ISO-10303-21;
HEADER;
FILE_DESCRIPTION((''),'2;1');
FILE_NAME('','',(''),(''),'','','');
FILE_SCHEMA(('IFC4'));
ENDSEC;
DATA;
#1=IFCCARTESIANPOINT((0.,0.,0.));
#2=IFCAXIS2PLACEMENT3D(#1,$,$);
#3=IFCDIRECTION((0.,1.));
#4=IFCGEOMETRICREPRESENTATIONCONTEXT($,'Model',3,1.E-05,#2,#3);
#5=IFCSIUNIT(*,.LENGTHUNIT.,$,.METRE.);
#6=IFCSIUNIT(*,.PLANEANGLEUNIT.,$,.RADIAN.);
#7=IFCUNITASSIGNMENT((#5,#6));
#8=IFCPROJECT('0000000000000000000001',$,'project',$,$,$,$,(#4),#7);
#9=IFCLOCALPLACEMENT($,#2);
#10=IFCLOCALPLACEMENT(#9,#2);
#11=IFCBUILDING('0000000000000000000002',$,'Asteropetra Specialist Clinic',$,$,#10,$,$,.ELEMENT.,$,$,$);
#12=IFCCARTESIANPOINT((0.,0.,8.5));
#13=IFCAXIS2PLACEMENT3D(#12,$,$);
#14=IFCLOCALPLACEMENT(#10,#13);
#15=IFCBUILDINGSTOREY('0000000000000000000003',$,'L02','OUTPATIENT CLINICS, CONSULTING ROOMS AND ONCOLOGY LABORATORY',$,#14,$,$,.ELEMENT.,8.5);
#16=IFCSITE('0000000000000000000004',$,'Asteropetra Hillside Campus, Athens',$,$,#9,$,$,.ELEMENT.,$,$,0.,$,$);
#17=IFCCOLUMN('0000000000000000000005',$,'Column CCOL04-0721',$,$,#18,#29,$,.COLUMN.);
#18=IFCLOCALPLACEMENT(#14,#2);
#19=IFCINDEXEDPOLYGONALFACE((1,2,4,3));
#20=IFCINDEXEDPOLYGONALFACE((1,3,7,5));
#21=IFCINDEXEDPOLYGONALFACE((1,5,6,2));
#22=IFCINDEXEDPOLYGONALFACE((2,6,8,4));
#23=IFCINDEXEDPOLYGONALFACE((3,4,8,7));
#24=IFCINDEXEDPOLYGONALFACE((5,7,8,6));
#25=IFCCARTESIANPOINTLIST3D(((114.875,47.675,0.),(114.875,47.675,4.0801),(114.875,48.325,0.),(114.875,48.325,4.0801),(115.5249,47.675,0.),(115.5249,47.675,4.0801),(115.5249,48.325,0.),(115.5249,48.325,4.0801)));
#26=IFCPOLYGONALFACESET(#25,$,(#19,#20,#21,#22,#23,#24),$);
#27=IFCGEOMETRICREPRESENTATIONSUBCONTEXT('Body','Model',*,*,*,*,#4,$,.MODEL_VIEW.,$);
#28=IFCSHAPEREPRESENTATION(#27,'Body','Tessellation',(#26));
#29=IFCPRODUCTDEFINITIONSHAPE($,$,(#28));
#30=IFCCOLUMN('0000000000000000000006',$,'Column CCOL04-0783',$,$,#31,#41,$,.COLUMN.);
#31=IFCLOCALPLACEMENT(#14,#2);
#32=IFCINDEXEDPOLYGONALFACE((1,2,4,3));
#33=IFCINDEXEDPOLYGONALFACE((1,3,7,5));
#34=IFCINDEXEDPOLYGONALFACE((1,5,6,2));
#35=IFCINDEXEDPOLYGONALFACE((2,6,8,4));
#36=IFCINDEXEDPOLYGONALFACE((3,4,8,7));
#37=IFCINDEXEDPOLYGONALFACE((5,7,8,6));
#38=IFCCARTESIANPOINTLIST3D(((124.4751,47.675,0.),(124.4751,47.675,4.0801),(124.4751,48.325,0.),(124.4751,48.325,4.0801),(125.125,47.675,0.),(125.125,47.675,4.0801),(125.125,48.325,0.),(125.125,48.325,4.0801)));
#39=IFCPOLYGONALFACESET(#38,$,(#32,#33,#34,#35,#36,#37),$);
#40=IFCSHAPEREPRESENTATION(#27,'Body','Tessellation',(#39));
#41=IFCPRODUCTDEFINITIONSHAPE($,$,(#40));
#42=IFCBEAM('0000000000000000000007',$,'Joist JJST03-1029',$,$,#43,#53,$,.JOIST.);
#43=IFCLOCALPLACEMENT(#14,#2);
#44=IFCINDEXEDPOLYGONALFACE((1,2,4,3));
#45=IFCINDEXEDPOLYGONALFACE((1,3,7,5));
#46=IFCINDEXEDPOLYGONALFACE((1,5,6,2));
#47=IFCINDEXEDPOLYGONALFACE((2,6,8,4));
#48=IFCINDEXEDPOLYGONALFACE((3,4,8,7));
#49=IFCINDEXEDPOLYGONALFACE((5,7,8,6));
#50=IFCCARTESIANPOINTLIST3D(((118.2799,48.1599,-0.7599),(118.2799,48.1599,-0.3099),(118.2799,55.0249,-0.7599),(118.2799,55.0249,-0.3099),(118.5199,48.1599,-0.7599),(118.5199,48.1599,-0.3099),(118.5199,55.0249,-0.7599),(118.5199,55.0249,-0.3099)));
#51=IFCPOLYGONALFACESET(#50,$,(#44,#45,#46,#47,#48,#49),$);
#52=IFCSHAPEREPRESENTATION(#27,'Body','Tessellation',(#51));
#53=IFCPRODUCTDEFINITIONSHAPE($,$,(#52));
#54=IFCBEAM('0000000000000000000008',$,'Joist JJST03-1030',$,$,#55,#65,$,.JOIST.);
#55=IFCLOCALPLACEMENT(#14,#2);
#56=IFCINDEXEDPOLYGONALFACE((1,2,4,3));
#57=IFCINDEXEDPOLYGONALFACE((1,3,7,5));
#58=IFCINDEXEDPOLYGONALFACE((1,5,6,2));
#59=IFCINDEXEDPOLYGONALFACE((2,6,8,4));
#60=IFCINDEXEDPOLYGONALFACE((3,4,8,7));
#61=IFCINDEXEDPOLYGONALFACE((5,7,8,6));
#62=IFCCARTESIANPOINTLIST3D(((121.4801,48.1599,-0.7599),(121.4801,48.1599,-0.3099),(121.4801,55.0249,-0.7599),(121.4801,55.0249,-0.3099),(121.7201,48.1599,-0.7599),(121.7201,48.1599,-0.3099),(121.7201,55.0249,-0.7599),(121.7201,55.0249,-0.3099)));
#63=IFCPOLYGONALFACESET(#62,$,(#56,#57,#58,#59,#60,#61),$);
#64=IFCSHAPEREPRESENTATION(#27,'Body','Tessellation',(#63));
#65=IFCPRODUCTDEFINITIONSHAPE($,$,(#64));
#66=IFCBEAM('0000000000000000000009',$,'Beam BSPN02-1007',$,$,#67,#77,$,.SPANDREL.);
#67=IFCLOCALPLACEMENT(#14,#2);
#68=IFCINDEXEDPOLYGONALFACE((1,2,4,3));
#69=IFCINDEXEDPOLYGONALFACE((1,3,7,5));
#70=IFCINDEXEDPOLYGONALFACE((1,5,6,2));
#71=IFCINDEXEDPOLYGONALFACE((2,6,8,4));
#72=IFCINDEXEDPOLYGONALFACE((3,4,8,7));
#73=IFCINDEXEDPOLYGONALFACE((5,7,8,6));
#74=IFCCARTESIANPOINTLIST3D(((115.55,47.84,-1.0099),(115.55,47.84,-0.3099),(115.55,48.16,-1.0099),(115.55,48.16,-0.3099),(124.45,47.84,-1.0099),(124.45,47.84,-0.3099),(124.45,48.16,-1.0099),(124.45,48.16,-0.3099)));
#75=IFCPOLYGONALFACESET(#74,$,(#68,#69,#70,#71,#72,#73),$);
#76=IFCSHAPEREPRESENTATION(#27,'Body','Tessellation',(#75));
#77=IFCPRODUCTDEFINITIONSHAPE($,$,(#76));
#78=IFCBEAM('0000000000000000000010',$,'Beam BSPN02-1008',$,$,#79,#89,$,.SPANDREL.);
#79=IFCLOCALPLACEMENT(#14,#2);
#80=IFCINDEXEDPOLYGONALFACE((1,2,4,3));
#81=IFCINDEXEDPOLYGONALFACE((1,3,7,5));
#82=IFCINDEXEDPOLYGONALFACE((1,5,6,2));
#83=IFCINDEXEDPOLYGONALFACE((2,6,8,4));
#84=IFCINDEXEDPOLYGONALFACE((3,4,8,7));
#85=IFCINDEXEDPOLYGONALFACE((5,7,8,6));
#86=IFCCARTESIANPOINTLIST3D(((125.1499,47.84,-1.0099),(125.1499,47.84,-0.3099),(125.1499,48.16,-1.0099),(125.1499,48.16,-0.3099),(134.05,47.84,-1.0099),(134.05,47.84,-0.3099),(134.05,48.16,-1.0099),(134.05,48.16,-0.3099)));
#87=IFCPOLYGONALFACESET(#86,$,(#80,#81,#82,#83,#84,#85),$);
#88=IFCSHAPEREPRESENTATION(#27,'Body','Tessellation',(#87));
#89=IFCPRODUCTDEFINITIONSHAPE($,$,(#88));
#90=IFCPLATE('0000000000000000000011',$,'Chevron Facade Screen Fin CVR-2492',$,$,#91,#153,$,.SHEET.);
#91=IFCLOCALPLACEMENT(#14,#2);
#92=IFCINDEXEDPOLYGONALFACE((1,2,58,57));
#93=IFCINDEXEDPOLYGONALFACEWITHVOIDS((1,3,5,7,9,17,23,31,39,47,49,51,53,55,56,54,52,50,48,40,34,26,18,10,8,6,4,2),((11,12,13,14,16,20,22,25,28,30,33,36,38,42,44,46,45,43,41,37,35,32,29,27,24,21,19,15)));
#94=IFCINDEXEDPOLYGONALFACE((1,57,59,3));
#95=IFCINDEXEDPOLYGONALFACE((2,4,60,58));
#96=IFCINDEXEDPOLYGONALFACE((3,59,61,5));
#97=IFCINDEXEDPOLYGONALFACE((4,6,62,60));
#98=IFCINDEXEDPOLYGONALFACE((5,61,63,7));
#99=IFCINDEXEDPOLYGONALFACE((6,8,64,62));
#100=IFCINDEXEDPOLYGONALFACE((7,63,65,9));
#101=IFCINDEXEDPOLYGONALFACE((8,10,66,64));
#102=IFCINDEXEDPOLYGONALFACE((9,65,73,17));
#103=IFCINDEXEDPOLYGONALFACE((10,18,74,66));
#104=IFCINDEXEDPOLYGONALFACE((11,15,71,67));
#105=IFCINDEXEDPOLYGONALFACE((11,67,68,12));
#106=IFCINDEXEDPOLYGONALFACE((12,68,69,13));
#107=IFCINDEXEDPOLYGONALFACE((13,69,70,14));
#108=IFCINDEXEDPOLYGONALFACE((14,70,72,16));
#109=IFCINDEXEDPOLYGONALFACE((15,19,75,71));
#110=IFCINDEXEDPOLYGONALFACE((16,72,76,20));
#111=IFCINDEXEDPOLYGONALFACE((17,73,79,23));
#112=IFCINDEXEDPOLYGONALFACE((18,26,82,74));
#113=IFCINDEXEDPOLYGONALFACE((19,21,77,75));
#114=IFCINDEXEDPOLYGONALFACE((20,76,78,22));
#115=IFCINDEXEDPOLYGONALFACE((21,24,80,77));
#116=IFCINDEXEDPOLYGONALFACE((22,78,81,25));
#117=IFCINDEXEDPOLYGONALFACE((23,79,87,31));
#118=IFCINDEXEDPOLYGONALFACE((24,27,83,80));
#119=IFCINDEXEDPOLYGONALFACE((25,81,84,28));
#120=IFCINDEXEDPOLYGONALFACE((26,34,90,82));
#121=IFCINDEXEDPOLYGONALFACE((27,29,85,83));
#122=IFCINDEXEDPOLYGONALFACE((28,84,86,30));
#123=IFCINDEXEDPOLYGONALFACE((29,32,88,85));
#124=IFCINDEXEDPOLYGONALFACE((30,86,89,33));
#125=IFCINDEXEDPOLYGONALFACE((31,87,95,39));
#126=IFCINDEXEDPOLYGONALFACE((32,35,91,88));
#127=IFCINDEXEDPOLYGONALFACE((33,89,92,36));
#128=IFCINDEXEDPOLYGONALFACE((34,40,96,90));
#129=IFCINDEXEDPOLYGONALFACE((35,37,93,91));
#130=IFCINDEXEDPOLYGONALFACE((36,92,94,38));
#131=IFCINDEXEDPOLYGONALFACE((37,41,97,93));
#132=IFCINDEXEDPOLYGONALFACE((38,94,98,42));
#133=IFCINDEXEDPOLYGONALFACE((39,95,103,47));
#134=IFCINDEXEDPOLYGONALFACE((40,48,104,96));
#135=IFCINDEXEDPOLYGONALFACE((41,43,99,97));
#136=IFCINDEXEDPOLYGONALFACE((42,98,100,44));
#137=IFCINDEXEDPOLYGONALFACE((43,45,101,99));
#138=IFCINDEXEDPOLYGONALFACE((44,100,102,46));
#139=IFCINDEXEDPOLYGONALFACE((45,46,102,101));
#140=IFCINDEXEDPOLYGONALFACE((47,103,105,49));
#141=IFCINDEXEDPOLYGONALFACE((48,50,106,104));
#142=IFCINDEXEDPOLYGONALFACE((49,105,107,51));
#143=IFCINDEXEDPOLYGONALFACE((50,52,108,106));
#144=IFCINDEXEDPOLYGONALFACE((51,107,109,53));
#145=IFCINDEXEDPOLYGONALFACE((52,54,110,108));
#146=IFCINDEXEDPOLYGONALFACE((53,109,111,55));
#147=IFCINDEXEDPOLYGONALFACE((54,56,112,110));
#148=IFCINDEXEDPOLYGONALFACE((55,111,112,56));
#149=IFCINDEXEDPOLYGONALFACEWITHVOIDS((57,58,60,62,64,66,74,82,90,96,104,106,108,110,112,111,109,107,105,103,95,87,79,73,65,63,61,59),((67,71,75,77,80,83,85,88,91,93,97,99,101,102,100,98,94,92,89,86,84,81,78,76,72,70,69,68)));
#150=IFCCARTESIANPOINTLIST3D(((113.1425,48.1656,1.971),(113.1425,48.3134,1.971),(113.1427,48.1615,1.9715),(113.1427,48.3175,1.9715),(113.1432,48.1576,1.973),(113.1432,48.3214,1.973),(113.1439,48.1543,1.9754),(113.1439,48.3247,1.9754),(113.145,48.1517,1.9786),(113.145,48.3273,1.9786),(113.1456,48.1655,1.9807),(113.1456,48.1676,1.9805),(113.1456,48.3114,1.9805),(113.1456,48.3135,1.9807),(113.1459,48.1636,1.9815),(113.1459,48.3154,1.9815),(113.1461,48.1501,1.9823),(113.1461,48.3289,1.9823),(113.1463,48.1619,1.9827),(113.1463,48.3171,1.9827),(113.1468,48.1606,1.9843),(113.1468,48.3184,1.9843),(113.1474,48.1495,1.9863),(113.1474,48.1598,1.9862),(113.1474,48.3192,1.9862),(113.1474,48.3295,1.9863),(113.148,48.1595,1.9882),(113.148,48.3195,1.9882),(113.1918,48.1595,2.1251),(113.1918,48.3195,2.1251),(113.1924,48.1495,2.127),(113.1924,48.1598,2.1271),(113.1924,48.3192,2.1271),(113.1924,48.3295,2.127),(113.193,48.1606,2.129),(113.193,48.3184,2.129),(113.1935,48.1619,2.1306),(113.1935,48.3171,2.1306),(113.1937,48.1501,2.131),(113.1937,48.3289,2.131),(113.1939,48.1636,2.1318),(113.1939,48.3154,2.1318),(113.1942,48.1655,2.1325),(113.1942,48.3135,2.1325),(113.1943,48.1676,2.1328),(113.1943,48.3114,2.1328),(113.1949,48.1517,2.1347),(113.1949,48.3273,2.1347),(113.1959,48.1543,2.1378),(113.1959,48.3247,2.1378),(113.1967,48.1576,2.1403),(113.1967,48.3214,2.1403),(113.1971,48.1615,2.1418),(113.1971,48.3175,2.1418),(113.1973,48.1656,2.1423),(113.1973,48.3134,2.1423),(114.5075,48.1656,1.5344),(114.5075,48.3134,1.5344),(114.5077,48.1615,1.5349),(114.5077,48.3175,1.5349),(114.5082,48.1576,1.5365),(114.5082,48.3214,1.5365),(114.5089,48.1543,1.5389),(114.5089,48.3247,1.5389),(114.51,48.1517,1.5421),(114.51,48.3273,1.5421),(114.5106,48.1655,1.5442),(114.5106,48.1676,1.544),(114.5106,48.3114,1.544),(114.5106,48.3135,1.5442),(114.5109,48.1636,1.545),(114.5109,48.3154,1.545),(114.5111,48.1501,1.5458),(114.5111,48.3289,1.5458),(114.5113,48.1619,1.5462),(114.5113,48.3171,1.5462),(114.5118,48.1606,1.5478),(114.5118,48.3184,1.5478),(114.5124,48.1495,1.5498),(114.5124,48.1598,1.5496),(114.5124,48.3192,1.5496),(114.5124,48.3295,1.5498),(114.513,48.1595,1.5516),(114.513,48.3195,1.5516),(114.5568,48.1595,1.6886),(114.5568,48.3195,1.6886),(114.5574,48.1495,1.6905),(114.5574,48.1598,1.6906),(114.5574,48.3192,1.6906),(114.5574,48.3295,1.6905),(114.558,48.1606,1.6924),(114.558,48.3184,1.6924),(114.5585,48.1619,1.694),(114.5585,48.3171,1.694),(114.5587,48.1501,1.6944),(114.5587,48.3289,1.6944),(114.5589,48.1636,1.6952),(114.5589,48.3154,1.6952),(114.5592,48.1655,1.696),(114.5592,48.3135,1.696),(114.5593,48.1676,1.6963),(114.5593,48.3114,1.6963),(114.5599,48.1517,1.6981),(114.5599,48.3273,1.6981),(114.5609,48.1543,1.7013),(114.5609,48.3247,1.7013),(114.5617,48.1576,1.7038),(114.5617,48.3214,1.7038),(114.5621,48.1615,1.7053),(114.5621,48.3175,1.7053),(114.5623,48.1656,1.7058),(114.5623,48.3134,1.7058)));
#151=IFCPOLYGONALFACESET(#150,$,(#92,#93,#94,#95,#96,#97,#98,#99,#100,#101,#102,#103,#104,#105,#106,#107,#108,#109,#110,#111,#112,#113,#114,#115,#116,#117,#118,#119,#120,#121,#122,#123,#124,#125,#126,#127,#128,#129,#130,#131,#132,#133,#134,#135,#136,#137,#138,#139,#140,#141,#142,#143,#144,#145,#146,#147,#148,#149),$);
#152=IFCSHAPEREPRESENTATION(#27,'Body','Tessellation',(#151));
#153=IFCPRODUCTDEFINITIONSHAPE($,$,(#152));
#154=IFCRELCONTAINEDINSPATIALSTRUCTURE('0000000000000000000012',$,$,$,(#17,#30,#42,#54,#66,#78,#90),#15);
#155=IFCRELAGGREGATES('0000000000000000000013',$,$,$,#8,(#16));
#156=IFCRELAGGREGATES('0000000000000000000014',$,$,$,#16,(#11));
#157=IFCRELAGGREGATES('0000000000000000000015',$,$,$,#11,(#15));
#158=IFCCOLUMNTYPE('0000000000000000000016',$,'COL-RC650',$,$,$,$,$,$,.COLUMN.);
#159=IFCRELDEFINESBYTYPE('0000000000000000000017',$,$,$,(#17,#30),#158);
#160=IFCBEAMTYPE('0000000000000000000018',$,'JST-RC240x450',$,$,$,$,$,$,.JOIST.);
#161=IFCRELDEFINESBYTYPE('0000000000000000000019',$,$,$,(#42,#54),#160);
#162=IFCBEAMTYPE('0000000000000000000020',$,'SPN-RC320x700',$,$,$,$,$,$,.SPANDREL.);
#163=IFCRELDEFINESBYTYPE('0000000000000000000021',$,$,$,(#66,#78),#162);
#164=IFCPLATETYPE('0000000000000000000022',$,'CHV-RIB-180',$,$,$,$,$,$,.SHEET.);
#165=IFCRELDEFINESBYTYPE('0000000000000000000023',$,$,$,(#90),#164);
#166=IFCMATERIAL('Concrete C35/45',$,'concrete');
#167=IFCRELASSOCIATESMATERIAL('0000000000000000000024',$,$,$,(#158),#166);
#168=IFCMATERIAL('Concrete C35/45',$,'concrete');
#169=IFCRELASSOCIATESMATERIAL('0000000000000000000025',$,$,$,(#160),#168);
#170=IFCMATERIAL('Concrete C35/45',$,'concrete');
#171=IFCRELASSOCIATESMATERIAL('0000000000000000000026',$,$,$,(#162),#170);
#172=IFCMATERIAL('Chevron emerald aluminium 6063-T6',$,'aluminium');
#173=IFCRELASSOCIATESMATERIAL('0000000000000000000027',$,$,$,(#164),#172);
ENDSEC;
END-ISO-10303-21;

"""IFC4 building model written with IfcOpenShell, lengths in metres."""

from ifc_helpers import new_model, si_unit, direction, frame, origin, origin_2d, place, context, subcontext, project, spatial, rectangle, hollow_rectangle, extrude, material, material_profile, profile_set, type_object, element, save


model = new_model("IFC4")

# Units and contexts
model_context = context("Model", 3, precision=1e-05, world=origin(), true_north=direction((0.0, 1.0)))
body_context = subcontext(model_context, "Body", "Model", "MODEL_VIEW")
ifc_project = project(units=[si_unit("LENGTHUNIT", "METRE"), si_unit("PLANEANGLEUNIT", "RADIAN")], contexts=[model_context])

# Site, building, storey
site_placement = place(None, origin())
site = spatial("IfcSite", under=ifc_project, at=site_placement, Name="Asteropetra Hillside Campus, Athens", CompositionType="ELEMENT", RefElevation=0.0)
building_placement = place(site_placement, origin())
building = spatial("IfcBuilding", under=site, at=building_placement, Name="Asteropetra Specialist Clinic", CompositionType="ELEMENT")
storey_placement = place(building_placement, frame((0.0, 0.0, 8.5)))
storey = spatial("IfcBuildingStorey", under=building, at=storey_placement, Name="L02", Description="OUTPATIENT CLINICS, CONSULTING ROOMS AND ONCOLOGY LABORATORY", CompositionType="ELEMENT", Elevation=8.5)

# Columns
ifc_material_1 = material(Name="Concrete C35/45", Category="concrete")
ifc_material_profile_1 = material_profile(ifc_material_1, rectangle(XDim=0.6499, YDim=0.6499, at=origin_2d()), Name="RC 650x650")
ifc_profile_set_1 = profile_set([ifc_material_profile_1], Name="Concrete C35/45")
column_type = type_object("IfcColumnType", Name="COL-RC650", PredefinedType="COLUMN", material=ifc_profile_set_1)
for number, where, z_axis, x_axis, name in (
    (1, (115.2, 48.0, 0.0), (0.0, 0.0, 1.0), (1.0, 0.0, 0.0), "Column CCOL04-0721"),
    (2, (124.8, 48.0, 0.0), (0.0, 0.0, 1.0), (1.0, 0.0, 0.0), "Column CCOL04-0783"),
):
    element("IfcColumn", number, at=place(storey_placement, frame(where, z_axis=z_axis, x_axis=x_axis)), inside=storey, type_object=column_type, Name=name, PredefinedType="COLUMN", context=body_context, shape_type="SweptSolid", body=[
        extrude(rectangle(XDim=0.6499, YDim=0.6499, at=origin_2d()), origin(), (0.0, 0.0, 1.0), 4.0801),
    ])

# Beams
ifc_material_2 = material(Name="Concrete C35/45", Category="concrete")
ifc_material_profile_2 = material_profile(ifc_material_2, rectangle(XDim=0.24, YDim=0.45, at=origin_2d()), Name="RCJ 240x450")
ifc_profile_set_2 = profile_set([ifc_material_profile_2], Name="Concrete C35/45")
beam_type_1 = type_object("IfcBeamType", Name="JST-RC240x450", PredefinedType="JOIST", material=ifc_profile_set_2)
for number, where, z_axis, x_axis, name in (
    (3, (118.3999, 48.1599, -0.5349), (0.0, 1.0, 0.0), (-1.0, 0.0, 0.0), "Joist JJST03-1029"),
    (4, (121.6001, 48.1599, -0.5349), (0.0, 1.0, 0.0), (-1.0, 0.0, 0.0), "Joist JJST03-1030"),
):
    element("IfcBeam", number, at=place(storey_placement, frame(where, z_axis=z_axis, x_axis=x_axis)), inside=storey, type_object=beam_type_1, Name=name, PredefinedType="JOIST", context=body_context, shape_type="SweptSolid", body=[
        extrude(rectangle(XDim=0.24, YDim=0.45, at=origin_2d()), origin(), (0.0, 0.0, 1.0), 6.865),
    ])
ifc_material_3 = material(Name="Concrete C35/45", Category="concrete")
ifc_material_profile_3 = material_profile(ifc_material_3, rectangle(XDim=0.3201, YDim=0.7, at=origin_2d()), Name="RCS 320x700")
ifc_profile_set_3 = profile_set([ifc_material_profile_3], Name="Concrete C35/45")
beam_type_2 = type_object("IfcBeamType", Name="SPN-RC320x700", PredefinedType="SPANDREL", material=ifc_profile_set_3)
beam_1_placement = place(storey_placement, frame((115.55, 48.0, -0.6599), z_axis=(1.0, 0.0, 0.0), x_axis=(0.0, 1.0, 0.0)))
element("IfcBeam", 5, at=beam_1_placement, inside=storey, type_object=beam_type_2, Name="Beam BSPN02-1007", PredefinedType="SPANDREL", context=body_context, shape_type="SweptSolid", body=[
    extrude(rectangle(XDim=0.3201, YDim=0.7, at=origin_2d()), origin(), (0.0, 0.0, 1.0), 8.8999),
])
beam_2_placement = place(storey_placement, frame((125.1499, 48.0, -0.6599), z_axis=(1.0, 0.0, 0.0), x_axis=(0.0, 1.0, 0.0)))
element("IfcBeam", 6, at=beam_2_placement, inside=storey, type_object=beam_type_2, Name="Beam BSPN02-1008", PredefinedType="SPANDREL", context=body_context, shape_type="SweptSolid", body=[
    extrude(rectangle(XDim=0.3201, YDim=0.7, at=origin_2d()), origin(), (0.0, 0.0, 1.0), 8.9001),
])

# Plate
ifc_material_4 = material(Name="Chevron emerald aluminium 6063-T6", Category="aluminium")
ifc_material_profile_4 = material_profile(ifc_material_4, hollow_rectangle(XDim=0.1799, YDim=0.1799, WallThickness=0.01, InnerFilletRadius=0.0081, OuterFilletRadius=0.0161, at=origin_2d()), Name="SHS 180x180x10.0")
ifc_profile_set_4 = profile_set([ifc_material_profile_4], Name="Chevron emerald aluminium 6063-T6")
plate_type = type_object("IfcPlateType", Name="CHV-RIB-180", PredefinedType="SHEET", material=ifc_profile_set_4)
for number, where, z_axis, x_axis, name in (
    (7, (114.5349, 48.2395, 1.6201), (-0.95248, 0.0, 0.304603), (0.0, -1.0, 0.0), "Chevron Facade Screen Fin CVR-2492"),
):
    element("IfcPlate", number, at=place(storey_placement, frame(where, z_axis=z_axis, x_axis=x_axis)), inside=storey, type_object=plate_type, Name=name, PredefinedType="SHEET", context=body_context, shape_type="SweptSolid", body=[
        extrude(hollow_rectangle(XDim=0.1799, YDim=0.1799, WallThickness=0.01, InnerFilletRadius=0.0081, OuterFilletRadius=0.0161, at=origin_2d()), origin(), (0.0, 0.0, 1.0), 1.4331),
    ])

save(model, "model.ifc")
